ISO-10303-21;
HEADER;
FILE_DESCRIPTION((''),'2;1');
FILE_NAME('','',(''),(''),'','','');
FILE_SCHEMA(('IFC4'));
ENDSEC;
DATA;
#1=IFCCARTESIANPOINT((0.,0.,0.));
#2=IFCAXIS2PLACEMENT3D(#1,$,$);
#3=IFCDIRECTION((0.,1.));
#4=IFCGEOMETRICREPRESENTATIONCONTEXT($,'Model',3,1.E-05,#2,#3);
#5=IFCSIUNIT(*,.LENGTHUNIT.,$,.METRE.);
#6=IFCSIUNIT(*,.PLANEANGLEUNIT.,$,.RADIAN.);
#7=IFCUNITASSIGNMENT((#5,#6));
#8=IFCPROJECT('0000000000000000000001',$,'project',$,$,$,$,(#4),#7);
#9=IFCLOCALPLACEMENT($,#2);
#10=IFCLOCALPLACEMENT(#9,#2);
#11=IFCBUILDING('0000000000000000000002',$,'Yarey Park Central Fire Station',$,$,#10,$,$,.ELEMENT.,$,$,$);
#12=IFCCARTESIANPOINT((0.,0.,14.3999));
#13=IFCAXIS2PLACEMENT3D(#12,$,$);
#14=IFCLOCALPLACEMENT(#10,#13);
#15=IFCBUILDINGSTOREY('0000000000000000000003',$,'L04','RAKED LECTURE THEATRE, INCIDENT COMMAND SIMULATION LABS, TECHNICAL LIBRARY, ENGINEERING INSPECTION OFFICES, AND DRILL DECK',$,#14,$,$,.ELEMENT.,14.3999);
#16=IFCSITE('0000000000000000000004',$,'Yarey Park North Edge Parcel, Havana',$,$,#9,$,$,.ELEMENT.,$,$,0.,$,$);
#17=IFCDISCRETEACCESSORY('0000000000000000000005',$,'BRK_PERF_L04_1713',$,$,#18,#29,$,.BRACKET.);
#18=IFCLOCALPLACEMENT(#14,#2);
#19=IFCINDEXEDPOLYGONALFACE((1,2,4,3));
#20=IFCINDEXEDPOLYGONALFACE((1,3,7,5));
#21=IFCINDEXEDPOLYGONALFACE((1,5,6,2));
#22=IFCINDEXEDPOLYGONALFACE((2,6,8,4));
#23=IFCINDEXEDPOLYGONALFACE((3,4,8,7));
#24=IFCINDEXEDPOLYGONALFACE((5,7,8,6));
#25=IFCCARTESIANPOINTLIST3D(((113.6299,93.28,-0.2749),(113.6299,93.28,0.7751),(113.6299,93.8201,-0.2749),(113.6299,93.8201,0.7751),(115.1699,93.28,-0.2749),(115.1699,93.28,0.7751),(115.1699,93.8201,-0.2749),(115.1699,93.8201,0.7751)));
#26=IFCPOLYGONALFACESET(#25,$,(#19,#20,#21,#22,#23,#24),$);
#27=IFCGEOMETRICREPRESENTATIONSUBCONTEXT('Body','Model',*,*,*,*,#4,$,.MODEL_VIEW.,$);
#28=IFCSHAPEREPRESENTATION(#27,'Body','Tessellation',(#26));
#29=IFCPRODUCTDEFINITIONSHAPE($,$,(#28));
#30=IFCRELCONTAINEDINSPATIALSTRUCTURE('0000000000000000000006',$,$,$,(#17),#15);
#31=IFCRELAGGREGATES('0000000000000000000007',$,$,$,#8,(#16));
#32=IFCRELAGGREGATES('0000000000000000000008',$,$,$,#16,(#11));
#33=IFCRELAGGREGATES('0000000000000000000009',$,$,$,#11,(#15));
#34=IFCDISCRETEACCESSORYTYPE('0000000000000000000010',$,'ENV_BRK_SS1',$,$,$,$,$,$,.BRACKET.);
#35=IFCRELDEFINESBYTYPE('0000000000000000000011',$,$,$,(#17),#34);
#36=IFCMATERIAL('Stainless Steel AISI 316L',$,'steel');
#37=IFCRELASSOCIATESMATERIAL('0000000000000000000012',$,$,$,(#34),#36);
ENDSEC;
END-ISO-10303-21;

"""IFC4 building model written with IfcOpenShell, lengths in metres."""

from ifc_helpers import new_model, si_unit, direction, frame, origin, origin_2d, place, context, subcontext, project, spatial, rectangle, extrude, material, type_object, element, save


model = new_model("IFC4")

# Units and contexts
model_context = context("Model", 3, precision=1e-05, world=origin(), true_north=direction((0.0, 1.0)))
body_context = subcontext(model_context, "Body", "Model", "MODEL_VIEW")
ifc_project = project(units=[si_unit("LENGTHUNIT", "METRE"), si_unit("PLANEANGLEUNIT", "RADIAN")], contexts=[model_context])

# Site, building, storey
site_placement = place(None, origin())
site = spatial("IfcSite", under=ifc_project, at=site_placement, Name="Yarey Park North Edge Parcel, Havana", CompositionType="ELEMENT", RefElevation=0.0)
building_placement = place(site_placement, origin())
building = spatial("IfcBuilding", under=site, at=building_placement, Name="Yarey Park Central Fire Station", CompositionType="ELEMENT")
storey_placement = place(building_placement, frame((0.0, 0.0, 14.3999)))
storey = spatial("IfcBuildingStorey", under=building, at=storey_placement, Name="L04", Description="RAKED LECTURE THEATRE, INCIDENT COMMAND SIMULATION LABS, TECHNICAL LIBRARY, ENGINEERING INSPECTION OFFICES, AND DRILL DECK", CompositionType="ELEMENT", Elevation=14.3999)

# Discrete accessory
ifc_material_1 = material(Name="Stainless Steel AISI 316L", Category="steel")
discrete_accessory_type = type_object("IfcDiscreteAccessoryType", Name="ENV_BRK_SS1", PredefinedType="BRACKET", material=ifc_material_1)
discrete_accessory_placement = place(storey_placement, frame((114.3999, 93.55, -0.2749), z_axis=(0.0, 0.0, 1.0), x_axis=(1.0, 0.0, 0.0)))
element("IfcDiscreteAccessory", 1, at=discrete_accessory_placement, inside=storey, type_object=discrete_accessory_type, Name="BRK_PERF_L04_1713", PredefinedType="BRACKET", context=body_context, shape_type="SweptSolid", body=[
    extrude(rectangle(XDim=1.54, YDim=0.54, at=origin_2d()), origin(), (0.0, 0.0, 1.0), 1.05),
])

save(model, "model.ifc")
